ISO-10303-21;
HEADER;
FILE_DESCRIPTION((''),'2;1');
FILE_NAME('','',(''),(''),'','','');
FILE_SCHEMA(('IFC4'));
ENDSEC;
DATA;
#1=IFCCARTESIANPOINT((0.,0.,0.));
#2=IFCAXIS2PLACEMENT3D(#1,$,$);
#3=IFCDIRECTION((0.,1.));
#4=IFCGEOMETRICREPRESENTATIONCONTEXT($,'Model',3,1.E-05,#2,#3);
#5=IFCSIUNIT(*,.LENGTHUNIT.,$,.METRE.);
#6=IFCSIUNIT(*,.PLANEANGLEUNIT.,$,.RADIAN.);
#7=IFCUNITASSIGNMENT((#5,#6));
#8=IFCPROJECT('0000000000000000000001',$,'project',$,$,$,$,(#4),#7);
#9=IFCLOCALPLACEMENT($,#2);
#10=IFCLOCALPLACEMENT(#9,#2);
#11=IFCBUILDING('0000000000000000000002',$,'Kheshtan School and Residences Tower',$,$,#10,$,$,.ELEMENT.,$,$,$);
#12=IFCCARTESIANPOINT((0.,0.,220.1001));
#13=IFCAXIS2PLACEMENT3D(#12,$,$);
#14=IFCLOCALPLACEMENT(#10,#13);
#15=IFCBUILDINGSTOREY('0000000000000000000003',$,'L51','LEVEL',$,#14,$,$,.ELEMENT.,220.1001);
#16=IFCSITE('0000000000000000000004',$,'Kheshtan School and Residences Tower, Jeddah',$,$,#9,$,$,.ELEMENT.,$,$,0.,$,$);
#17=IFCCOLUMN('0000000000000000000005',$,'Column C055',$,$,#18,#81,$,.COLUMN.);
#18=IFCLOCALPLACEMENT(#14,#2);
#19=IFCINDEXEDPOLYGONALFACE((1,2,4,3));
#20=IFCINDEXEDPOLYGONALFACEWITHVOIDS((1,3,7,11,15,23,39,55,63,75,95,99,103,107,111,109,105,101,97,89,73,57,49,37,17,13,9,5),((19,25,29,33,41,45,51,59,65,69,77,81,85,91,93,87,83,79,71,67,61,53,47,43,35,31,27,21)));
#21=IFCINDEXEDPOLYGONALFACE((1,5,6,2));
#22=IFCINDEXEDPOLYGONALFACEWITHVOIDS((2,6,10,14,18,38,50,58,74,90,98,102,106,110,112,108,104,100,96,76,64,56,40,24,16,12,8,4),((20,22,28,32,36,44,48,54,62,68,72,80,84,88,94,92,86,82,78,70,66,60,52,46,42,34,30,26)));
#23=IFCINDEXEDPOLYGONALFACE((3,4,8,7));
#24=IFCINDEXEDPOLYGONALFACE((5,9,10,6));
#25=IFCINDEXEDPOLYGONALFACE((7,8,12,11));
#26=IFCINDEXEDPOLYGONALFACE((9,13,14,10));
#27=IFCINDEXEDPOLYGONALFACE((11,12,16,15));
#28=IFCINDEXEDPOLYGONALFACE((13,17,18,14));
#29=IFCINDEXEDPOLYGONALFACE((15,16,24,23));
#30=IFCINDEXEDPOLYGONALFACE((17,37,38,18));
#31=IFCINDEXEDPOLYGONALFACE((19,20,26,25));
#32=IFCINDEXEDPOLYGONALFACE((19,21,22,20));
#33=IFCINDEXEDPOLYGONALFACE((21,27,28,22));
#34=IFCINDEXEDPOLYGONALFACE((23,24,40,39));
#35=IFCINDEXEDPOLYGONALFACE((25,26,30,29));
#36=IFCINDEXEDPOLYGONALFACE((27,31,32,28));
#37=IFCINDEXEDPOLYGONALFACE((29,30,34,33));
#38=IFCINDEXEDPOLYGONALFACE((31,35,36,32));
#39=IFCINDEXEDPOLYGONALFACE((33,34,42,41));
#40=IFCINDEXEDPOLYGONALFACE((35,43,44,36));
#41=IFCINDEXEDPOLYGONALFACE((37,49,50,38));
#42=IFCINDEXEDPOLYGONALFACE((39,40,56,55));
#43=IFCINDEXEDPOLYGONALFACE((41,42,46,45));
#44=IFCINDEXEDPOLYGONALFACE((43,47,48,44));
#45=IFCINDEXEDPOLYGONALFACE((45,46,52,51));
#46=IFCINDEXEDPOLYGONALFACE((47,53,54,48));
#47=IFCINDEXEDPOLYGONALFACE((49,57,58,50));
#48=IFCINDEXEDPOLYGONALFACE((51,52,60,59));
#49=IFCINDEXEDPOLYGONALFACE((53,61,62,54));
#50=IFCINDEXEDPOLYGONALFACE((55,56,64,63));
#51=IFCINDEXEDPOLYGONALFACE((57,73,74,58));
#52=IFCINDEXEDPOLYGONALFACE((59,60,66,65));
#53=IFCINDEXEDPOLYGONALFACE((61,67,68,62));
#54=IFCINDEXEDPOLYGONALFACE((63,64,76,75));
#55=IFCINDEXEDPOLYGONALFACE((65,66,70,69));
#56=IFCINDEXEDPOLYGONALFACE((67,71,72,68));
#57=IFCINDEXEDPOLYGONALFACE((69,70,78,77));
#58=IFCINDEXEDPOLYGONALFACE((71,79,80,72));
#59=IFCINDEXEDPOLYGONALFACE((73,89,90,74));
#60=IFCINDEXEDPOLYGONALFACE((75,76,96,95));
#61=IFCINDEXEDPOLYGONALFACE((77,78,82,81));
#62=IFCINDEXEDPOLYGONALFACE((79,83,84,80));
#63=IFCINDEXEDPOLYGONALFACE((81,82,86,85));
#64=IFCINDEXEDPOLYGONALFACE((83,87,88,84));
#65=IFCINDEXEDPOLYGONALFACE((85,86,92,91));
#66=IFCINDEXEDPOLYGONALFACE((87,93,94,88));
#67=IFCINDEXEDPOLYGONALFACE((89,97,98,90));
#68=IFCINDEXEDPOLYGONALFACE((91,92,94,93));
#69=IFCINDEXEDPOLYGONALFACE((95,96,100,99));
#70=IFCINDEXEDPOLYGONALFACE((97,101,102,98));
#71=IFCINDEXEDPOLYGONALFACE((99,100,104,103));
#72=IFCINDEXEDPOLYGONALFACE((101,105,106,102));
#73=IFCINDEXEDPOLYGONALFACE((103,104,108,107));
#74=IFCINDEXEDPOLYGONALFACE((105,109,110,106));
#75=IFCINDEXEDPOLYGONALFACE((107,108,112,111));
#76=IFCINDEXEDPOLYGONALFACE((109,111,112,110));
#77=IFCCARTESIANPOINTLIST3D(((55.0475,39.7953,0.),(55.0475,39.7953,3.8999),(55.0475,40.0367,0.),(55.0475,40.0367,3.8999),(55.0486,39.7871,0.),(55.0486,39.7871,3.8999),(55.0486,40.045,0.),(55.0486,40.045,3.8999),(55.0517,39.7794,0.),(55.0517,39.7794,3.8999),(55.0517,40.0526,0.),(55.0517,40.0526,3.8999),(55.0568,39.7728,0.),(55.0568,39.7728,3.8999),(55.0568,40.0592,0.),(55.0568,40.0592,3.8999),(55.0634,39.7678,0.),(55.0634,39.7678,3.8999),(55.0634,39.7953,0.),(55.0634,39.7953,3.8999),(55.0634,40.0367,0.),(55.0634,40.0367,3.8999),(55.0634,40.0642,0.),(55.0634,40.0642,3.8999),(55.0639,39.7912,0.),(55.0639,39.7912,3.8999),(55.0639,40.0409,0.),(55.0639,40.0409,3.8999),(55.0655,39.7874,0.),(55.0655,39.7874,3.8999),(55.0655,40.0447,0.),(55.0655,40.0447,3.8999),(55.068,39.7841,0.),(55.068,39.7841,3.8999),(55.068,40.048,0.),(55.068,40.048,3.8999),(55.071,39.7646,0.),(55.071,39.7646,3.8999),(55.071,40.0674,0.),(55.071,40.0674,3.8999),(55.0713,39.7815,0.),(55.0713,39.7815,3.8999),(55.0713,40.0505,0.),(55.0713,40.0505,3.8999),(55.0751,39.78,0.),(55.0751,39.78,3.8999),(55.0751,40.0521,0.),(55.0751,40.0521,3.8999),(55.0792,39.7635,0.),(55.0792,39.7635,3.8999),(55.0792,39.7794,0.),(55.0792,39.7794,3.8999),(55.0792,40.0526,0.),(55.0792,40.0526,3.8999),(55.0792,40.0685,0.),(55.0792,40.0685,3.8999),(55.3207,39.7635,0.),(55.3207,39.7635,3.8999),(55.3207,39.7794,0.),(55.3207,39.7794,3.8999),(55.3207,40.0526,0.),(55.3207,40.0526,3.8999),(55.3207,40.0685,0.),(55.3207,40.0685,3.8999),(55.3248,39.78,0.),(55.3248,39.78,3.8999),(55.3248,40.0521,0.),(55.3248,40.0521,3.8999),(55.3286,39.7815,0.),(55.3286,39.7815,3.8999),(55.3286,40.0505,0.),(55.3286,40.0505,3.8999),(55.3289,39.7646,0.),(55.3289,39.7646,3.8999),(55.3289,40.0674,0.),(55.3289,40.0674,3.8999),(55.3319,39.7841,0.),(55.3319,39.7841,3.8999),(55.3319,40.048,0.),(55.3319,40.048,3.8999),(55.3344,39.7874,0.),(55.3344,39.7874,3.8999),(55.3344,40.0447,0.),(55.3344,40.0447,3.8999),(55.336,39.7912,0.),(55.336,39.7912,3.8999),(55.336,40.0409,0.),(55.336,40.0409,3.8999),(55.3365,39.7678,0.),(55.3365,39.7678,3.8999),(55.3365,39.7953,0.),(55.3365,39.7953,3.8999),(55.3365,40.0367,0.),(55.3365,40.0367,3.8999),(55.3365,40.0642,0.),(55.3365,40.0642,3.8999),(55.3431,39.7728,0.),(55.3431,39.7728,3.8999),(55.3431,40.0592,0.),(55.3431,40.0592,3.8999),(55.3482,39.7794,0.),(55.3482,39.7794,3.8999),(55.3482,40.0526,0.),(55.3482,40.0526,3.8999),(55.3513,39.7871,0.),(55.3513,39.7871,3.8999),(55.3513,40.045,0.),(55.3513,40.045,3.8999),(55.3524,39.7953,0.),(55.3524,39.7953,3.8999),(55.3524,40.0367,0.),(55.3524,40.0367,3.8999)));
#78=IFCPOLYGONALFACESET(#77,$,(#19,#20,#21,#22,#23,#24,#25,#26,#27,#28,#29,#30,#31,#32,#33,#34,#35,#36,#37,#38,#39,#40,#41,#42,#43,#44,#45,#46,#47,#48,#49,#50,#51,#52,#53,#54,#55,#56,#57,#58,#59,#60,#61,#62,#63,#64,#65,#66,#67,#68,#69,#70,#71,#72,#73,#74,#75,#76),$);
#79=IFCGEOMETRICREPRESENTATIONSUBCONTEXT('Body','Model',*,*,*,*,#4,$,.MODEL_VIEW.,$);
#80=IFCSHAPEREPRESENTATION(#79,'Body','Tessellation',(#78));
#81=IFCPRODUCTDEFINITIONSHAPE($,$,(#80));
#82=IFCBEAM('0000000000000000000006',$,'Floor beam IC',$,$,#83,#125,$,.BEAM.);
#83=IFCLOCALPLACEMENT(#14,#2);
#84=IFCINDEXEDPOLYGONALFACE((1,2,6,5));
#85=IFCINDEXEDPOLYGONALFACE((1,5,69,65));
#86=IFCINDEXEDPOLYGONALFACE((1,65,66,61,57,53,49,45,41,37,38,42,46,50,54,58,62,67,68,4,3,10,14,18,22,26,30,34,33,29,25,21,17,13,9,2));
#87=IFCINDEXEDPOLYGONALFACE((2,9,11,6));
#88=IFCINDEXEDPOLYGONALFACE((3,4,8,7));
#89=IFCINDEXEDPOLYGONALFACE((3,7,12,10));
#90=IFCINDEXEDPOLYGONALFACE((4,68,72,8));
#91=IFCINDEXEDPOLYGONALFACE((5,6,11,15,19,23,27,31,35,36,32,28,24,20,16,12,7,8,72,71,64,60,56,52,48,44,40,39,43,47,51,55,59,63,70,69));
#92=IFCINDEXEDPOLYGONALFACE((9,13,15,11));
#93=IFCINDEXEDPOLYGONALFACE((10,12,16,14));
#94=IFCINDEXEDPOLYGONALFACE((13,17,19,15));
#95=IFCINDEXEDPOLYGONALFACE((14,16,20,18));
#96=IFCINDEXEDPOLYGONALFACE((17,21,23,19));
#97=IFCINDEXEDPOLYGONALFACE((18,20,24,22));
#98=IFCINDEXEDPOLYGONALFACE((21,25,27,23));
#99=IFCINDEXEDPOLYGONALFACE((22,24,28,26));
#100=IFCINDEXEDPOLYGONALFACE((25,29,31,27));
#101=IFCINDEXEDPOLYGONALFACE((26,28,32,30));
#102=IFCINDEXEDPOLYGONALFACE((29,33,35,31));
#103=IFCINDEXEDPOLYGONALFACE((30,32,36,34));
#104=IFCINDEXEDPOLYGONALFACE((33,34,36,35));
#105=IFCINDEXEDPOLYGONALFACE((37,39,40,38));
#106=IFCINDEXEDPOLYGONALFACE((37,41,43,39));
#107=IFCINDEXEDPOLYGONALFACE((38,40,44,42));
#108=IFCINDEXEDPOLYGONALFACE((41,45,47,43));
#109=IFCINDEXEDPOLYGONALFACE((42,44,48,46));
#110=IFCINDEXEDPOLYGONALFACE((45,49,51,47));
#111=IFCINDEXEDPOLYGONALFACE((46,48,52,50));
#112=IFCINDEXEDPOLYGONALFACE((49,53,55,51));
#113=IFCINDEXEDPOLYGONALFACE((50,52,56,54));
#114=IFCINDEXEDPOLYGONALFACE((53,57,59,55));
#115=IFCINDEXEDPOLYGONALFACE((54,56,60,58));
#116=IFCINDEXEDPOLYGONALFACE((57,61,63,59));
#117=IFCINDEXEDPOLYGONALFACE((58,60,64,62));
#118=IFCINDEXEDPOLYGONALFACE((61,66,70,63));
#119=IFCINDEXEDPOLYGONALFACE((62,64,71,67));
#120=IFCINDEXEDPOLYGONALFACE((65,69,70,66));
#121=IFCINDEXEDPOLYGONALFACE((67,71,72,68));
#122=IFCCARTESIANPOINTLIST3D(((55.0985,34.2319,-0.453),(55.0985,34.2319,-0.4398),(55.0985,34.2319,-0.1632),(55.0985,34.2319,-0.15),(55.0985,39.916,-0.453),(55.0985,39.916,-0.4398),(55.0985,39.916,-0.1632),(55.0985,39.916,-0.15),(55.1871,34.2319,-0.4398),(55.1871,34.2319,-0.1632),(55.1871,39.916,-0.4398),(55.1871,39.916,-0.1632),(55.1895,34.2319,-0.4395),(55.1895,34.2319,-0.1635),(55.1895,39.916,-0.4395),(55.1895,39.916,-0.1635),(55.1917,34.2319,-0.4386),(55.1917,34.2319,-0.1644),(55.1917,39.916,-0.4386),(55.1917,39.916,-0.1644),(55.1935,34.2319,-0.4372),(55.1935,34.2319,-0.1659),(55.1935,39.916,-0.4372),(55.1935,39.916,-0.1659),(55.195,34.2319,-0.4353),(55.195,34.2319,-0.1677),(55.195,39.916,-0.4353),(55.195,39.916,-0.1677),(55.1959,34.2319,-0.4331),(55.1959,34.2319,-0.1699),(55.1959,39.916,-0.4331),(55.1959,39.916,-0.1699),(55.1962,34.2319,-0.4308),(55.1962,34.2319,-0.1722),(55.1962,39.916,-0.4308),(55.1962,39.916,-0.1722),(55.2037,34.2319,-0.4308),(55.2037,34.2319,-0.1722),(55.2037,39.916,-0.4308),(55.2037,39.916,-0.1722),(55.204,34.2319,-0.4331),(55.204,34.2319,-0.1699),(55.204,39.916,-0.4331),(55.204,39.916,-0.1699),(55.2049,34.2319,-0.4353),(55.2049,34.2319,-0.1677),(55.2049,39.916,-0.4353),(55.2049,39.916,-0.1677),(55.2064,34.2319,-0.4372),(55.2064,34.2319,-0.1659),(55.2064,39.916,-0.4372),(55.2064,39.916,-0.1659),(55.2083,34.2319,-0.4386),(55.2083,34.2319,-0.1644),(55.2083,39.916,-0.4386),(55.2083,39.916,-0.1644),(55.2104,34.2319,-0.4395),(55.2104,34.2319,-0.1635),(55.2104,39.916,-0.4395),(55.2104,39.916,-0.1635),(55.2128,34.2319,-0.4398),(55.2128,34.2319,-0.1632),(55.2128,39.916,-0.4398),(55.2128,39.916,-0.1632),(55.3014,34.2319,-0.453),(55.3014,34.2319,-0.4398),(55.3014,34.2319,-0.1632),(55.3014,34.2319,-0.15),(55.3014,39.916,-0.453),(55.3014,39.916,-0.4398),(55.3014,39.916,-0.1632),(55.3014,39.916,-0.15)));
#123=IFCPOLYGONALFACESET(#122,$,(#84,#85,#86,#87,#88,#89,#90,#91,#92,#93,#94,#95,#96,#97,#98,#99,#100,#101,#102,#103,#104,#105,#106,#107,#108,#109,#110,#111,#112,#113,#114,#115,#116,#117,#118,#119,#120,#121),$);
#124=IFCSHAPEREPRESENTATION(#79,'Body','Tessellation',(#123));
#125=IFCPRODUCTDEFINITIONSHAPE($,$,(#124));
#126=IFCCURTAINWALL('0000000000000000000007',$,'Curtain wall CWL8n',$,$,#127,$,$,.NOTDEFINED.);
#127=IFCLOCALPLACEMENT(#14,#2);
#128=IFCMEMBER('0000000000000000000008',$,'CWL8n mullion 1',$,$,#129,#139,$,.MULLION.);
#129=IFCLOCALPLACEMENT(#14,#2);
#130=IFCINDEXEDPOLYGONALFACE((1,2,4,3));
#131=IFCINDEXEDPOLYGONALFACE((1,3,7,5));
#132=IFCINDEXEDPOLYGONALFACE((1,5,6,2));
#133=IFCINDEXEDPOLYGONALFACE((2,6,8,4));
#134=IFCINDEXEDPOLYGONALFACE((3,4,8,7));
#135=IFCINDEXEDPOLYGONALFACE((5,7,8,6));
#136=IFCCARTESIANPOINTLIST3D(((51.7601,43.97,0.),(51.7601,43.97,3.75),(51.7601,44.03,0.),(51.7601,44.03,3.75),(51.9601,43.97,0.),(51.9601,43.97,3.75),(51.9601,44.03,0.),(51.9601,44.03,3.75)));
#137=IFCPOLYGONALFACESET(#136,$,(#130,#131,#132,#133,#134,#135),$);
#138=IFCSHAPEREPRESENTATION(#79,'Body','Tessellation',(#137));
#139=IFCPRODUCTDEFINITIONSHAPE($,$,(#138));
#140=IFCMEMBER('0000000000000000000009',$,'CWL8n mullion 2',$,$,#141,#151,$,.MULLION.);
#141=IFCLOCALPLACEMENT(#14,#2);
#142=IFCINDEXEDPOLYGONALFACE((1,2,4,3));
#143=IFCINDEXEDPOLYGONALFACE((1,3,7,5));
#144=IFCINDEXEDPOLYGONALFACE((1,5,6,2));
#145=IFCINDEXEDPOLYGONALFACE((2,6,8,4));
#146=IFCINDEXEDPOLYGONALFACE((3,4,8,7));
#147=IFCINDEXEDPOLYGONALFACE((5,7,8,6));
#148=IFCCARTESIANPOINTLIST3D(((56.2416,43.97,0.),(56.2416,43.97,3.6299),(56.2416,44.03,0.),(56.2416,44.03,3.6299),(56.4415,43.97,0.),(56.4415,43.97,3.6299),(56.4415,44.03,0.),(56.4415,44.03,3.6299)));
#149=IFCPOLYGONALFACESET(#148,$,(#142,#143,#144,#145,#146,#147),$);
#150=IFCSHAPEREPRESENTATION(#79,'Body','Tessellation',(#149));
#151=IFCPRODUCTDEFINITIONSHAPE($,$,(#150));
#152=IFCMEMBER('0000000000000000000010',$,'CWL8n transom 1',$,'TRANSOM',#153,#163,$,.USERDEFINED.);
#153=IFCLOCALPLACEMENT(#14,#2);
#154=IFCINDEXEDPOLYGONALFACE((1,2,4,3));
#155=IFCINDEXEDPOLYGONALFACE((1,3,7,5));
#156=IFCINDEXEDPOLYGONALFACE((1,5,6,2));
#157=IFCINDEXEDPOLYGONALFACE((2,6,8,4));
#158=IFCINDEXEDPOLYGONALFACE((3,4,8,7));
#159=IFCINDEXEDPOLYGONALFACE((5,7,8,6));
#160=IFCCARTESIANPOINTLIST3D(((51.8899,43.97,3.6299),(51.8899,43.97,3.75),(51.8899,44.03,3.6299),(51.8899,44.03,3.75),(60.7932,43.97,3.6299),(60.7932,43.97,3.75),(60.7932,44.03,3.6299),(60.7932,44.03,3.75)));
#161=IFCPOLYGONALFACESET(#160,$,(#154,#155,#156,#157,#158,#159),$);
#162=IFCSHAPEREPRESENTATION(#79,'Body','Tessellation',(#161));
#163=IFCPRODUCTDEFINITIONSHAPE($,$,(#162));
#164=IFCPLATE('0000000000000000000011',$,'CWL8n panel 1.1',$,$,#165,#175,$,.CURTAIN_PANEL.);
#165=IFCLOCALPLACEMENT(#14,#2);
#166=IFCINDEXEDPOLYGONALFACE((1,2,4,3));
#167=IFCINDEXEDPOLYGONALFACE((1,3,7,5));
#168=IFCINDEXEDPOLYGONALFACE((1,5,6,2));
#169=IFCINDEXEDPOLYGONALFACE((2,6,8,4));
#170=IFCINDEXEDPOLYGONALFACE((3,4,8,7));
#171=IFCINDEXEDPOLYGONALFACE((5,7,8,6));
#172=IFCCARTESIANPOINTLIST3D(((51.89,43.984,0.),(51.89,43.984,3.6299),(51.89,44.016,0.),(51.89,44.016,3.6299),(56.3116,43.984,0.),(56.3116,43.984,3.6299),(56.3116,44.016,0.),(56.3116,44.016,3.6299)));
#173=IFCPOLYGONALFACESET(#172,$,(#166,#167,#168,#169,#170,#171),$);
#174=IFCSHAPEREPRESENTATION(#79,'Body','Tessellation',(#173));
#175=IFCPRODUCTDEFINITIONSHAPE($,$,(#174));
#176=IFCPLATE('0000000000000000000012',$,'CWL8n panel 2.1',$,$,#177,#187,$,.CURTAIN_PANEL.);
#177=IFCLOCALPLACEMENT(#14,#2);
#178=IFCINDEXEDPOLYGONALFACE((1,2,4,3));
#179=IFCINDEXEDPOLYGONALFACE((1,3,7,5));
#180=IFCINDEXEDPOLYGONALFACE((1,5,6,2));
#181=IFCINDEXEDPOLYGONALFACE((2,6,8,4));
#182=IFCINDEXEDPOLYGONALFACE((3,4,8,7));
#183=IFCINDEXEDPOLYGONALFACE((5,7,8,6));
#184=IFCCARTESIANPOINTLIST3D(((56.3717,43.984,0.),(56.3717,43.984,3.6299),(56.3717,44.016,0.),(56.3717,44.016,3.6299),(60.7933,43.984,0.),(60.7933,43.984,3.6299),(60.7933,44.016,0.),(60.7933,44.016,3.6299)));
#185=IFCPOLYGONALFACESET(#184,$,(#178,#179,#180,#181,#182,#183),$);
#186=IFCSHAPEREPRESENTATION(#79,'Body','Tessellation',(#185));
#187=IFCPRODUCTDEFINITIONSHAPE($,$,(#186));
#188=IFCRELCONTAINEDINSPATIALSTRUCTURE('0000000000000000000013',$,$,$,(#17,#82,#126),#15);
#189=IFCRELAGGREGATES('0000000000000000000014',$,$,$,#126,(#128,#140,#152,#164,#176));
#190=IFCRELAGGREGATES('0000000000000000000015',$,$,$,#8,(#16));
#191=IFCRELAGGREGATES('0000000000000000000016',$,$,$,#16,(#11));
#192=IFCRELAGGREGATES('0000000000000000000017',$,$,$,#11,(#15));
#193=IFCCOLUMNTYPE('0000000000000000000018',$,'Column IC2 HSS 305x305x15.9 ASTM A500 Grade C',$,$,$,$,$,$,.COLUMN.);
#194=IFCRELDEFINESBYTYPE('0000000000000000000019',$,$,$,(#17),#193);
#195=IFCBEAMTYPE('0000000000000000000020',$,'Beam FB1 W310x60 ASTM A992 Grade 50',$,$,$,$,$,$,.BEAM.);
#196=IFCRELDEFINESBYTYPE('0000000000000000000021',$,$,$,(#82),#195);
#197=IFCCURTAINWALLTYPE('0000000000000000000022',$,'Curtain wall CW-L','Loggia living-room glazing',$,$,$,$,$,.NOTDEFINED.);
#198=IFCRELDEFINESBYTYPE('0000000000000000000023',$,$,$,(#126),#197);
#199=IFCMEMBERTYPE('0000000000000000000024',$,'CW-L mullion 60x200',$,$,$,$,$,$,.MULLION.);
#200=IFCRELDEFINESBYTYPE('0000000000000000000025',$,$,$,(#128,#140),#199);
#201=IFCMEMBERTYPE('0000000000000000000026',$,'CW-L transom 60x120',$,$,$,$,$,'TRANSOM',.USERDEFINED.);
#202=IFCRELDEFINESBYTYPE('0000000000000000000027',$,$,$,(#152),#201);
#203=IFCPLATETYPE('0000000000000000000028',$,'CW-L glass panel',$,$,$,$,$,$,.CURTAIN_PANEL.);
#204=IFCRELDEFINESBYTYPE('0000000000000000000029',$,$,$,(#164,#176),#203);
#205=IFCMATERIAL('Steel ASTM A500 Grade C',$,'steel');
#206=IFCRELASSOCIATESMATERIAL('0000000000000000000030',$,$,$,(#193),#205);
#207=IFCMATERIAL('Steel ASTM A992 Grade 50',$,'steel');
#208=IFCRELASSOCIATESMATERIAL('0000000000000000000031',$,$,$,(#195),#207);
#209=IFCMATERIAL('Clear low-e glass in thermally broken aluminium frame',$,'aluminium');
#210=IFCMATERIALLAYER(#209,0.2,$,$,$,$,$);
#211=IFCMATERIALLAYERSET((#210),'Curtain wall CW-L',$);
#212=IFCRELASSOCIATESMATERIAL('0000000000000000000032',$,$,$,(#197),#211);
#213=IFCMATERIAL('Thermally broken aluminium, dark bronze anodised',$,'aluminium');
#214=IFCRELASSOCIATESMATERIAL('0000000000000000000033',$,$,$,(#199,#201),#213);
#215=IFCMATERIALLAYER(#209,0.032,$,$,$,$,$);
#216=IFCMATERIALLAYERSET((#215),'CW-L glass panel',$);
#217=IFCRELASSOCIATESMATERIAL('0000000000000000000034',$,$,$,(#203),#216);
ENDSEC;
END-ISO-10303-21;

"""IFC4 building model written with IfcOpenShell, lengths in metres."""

from ifc_helpers import new_model, si_unit, direction, frame, origin, origin_2d, place, context, subcontext, project, spatial, rectangle, hollow_rectangle, i_section, extrude, material, layer, layer_set, material_profile, profile_set, type_object, element, aggregate, save


model = new_model("IFC4")

# Units and contexts
model_context = context("Model", 3, precision=1e-05, world=origin(), true_north=direction((0.0, 1.0)))
body_context = subcontext(model_context, "Body", "Model", "MODEL_VIEW")
ifc_project = project(units=[si_unit("LENGTHUNIT", "METRE"), si_unit("PLANEANGLEUNIT", "RADIAN")], contexts=[model_context])

# Site, building, storey
site_placement = place(None, origin())
site = spatial("IfcSite", under=ifc_project, at=site_placement, Name="Kheshtan School and Residences Tower, Jeddah", CompositionType="ELEMENT", RefElevation=0.0)
building_placement = place(site_placement, origin())
building = spatial("IfcBuilding", under=site, at=building_placement, Name="Kheshtan School and Residences Tower", CompositionType="ELEMENT")
storey_placement = place(building_placement, frame((0.0, 0.0, 220.1001)))
storey = spatial("IfcBuildingStorey", under=building, at=storey_placement, Name="L51", Description="LEVEL", CompositionType="ELEMENT", Elevation=220.1001)

# Column
ifc_material_1 = material(Name="Steel ASTM A500 Grade C", Category="steel")
ifc_material_profile_1 = material_profile(ifc_material_1, hollow_rectangle(XDim=0.3049, YDim=0.3049, WallThickness=0.0159, InnerFilletRadius=0.0159, OuterFilletRadius=0.0317, at=origin_2d()), Name="HSS 305x305x15.9")
ifc_profile_set_1 = profile_set([ifc_material_profile_1], Name="Steel ASTM A500 Grade C")
column_type = type_object("IfcColumnType", Name="Column IC2 HSS 305x305x15.9 ASTM A500 Grade C", PredefinedType="COLUMN", material=ifc_profile_set_1)
column_placement = place(storey_placement, frame((55.2, 39.916, 0.0), z_axis=(0.0, 0.0, 1.0), x_axis=(1.0, 0.0, 0.0)))
element("IfcColumn", 1, at=column_placement, inside=storey, type_object=column_type, Name="Column C055", PredefinedType="COLUMN", context=body_context, shape_type="SweptSolid", body=[
    extrude(hollow_rectangle(XDim=0.3049, YDim=0.3049, WallThickness=0.0159, InnerFilletRadius=0.0159, OuterFilletRadius=0.0317, at=origin_2d()), origin(), (0.0, 0.0, 1.0), 3.8999),
])

# Beam
ifc_material_2 = material(Name="Steel ASTM A992 Grade 50", Category="steel")
ifc_material_profile_2 = material_profile(ifc_material_2, i_section(OverallWidth=0.2029, OverallDepth=0.303, WebThickness=0.0076, FlangeThickness=0.0132, FilletRadius=0.009, at=origin_2d()), Name="W310x60")
ifc_profile_set_2 = profile_set([ifc_material_profile_2], Name="Steel ASTM A992 Grade 50")
beam_type = type_object("IfcBeamType", Name="Beam FB1 W310x60 ASTM A992 Grade 50", PredefinedType="BEAM", material=ifc_profile_set_2)
beam_placement = place(storey_placement, frame((55.2, 34.2319, -0.3015), z_axis=(0.0, 1.0, 0.0), x_axis=(-1.0, 0.0, 0.0)))
element("IfcBeam", 2, at=beam_placement, inside=storey, type_object=beam_type, Name="Floor beam IC", PredefinedType="BEAM", context=body_context, shape_type="SweptSolid", body=[
    extrude(i_section(OverallWidth=0.2029, OverallDepth=0.303, WebThickness=0.0076, FlangeThickness=0.0132, FilletRadius=0.009, at=origin_2d()), origin(), (0.0, 0.0, 1.0), 5.6841),
])

# Curtain wall, members, plates
ifc_material_3 = material(Name="Clear low-e glass in thermally broken aluminium frame", Category="aluminium")
ifc_layer_1 = layer(ifc_material_3, 0.2)
ifc_layer_set_1 = layer_set([ifc_layer_1], Name="Curtain wall CW-L")
curtain_wall_type = type_object("IfcCurtainWallType", Name="Curtain wall CW-L", Description="Loggia living-room glazing", PredefinedType="NOTDEFINED", material=ifc_layer_set_1)
curtain_wall_placement = place(storey_placement, origin())
curtain_wall = element("IfcCurtainWall", 3, at=curtain_wall_placement, inside=storey, type_object=curtain_wall_type, Name="Curtain wall CWL8n", PredefinedType="NOTDEFINED")
ifc_material_4 = material(Name="Thermally broken aluminium, dark bronze anodised", Category="aluminium")
ifc_material_profile_3 = material_profile(ifc_material_4, rectangle(XDim=0.0601, YDim=0.2, at=origin_2d()), Name="CW-L mullion 60x200")
ifc_profile_set_3 = profile_set([ifc_material_profile_3], Name="Thermally broken aluminium, dark bronze anodised")
member_type_1 = type_object("IfcMemberType", Name="CW-L mullion 60x200", PredefinedType="MULLION", material=ifc_profile_set_3)
member_1_placement = place(storey_placement, frame((51.8601, 44.0, 0.0), z_axis=(0.0, 0.0, 1.0), x_axis=(0.0, 1.0, 0.0)))
member_1 = element("IfcMember", 4, at=member_1_placement, type_object=member_type_1, Name="CWL8n mullion 1", PredefinedType="MULLION", context=body_context, shape_type="SweptSolid", body=[
    extrude(rectangle(XDim=0.0601, YDim=0.2, at=origin_2d()), origin(), (0.0, 0.0, 1.0), 3.75),
])
member_2_placement = place(storey_placement, frame((56.3416, 44.0, 0.0), z_axis=(0.0, 0.0, 1.0), x_axis=(0.0, 1.0, 0.0)))
member_2 = element("IfcMember", 5, at=member_2_placement, type_object=member_type_1, Name="CWL8n mullion 2", PredefinedType="MULLION", context=body_context, shape_type="SweptSolid", body=[
    extrude(rectangle(XDim=0.0601, YDim=0.2, at=origin_2d()), origin(), (0.0, 0.0, 1.0), 3.6299),
])
ifc_material_profile_4 = material_profile(ifc_material_4, rectangle(XDim=0.0601, YDim=0.1201, at=origin_2d()), Name="CW-L transom 60x120")
ifc_profile_set_4 = profile_set([ifc_material_profile_4], Name="Thermally broken aluminium, dark bronze anodised")
member_type_2 = type_object("IfcMemberType", Name="CW-L transom 60x120", ElementType="TRANSOM", PredefinedType="USERDEFINED", material=ifc_profile_set_4)
member_3_placement = place(storey_placement, frame((51.8899, 44.0, 3.6899), z_axis=(1.0, 0.0, 0.0), x_axis=(0.0, 1.0, 0.0)))
member_3 = element("IfcMember", 6, at=member_3_placement, type_object=member_type_2, Name="CWL8n transom 1", ObjectType="TRANSOM", PredefinedType="USERDEFINED", context=body_context, shape_type="SweptSolid", body=[
    extrude(rectangle(XDim=0.0601, YDim=0.1201, at=origin_2d()), origin(), (0.0, 0.0, 1.0), 8.9033),
])
ifc_layer_2 = layer(ifc_material_3, 0.032)
ifc_layer_set_2 = layer_set([ifc_layer_2], Name="CW-L glass panel")
plate_type = type_object("IfcPlateType", Name="CW-L glass panel", PredefinedType="CURTAIN_PANEL", material=ifc_layer_set_2)
plate_1_placement = place(storey_placement, frame((54.1008, 44.0, 0.0), z_axis=(0.0, 0.0, 1.0), x_axis=(1.0, 0.0, 0.0)))
plate_1 = element("IfcPlate", 7, at=plate_1_placement, type_object=plate_type, Name="CWL8n panel 1.1", PredefinedType="CURTAIN_PANEL", context=body_context, shape_type="SweptSolid", body=[
    extrude(rectangle(XDim=4.4216, YDim=0.032, at=origin_2d()), origin(), (0.0, 0.0, 1.0), 3.6299),
])
plate_2_placement = place(storey_placement, frame((58.5825, 44.0, 0.0), z_axis=(0.0, 0.0, 1.0), x_axis=(1.0, 0.0, 0.0)))
plate_2 = element("IfcPlate", 8, at=plate_2_placement, type_object=plate_type, Name="CWL8n panel 2.1", PredefinedType="CURTAIN_PANEL", context=body_context, shape_type="SweptSolid", body=[
    extrude(rectangle(XDim=4.4216, YDim=0.032, at=origin_2d()), origin(), (0.0, 0.0, 1.0), 3.6299),
])
aggregate(curtain_wall, [member_1, member_2, member_3, plate_1, plate_2])

save(model, "model.ifc")
